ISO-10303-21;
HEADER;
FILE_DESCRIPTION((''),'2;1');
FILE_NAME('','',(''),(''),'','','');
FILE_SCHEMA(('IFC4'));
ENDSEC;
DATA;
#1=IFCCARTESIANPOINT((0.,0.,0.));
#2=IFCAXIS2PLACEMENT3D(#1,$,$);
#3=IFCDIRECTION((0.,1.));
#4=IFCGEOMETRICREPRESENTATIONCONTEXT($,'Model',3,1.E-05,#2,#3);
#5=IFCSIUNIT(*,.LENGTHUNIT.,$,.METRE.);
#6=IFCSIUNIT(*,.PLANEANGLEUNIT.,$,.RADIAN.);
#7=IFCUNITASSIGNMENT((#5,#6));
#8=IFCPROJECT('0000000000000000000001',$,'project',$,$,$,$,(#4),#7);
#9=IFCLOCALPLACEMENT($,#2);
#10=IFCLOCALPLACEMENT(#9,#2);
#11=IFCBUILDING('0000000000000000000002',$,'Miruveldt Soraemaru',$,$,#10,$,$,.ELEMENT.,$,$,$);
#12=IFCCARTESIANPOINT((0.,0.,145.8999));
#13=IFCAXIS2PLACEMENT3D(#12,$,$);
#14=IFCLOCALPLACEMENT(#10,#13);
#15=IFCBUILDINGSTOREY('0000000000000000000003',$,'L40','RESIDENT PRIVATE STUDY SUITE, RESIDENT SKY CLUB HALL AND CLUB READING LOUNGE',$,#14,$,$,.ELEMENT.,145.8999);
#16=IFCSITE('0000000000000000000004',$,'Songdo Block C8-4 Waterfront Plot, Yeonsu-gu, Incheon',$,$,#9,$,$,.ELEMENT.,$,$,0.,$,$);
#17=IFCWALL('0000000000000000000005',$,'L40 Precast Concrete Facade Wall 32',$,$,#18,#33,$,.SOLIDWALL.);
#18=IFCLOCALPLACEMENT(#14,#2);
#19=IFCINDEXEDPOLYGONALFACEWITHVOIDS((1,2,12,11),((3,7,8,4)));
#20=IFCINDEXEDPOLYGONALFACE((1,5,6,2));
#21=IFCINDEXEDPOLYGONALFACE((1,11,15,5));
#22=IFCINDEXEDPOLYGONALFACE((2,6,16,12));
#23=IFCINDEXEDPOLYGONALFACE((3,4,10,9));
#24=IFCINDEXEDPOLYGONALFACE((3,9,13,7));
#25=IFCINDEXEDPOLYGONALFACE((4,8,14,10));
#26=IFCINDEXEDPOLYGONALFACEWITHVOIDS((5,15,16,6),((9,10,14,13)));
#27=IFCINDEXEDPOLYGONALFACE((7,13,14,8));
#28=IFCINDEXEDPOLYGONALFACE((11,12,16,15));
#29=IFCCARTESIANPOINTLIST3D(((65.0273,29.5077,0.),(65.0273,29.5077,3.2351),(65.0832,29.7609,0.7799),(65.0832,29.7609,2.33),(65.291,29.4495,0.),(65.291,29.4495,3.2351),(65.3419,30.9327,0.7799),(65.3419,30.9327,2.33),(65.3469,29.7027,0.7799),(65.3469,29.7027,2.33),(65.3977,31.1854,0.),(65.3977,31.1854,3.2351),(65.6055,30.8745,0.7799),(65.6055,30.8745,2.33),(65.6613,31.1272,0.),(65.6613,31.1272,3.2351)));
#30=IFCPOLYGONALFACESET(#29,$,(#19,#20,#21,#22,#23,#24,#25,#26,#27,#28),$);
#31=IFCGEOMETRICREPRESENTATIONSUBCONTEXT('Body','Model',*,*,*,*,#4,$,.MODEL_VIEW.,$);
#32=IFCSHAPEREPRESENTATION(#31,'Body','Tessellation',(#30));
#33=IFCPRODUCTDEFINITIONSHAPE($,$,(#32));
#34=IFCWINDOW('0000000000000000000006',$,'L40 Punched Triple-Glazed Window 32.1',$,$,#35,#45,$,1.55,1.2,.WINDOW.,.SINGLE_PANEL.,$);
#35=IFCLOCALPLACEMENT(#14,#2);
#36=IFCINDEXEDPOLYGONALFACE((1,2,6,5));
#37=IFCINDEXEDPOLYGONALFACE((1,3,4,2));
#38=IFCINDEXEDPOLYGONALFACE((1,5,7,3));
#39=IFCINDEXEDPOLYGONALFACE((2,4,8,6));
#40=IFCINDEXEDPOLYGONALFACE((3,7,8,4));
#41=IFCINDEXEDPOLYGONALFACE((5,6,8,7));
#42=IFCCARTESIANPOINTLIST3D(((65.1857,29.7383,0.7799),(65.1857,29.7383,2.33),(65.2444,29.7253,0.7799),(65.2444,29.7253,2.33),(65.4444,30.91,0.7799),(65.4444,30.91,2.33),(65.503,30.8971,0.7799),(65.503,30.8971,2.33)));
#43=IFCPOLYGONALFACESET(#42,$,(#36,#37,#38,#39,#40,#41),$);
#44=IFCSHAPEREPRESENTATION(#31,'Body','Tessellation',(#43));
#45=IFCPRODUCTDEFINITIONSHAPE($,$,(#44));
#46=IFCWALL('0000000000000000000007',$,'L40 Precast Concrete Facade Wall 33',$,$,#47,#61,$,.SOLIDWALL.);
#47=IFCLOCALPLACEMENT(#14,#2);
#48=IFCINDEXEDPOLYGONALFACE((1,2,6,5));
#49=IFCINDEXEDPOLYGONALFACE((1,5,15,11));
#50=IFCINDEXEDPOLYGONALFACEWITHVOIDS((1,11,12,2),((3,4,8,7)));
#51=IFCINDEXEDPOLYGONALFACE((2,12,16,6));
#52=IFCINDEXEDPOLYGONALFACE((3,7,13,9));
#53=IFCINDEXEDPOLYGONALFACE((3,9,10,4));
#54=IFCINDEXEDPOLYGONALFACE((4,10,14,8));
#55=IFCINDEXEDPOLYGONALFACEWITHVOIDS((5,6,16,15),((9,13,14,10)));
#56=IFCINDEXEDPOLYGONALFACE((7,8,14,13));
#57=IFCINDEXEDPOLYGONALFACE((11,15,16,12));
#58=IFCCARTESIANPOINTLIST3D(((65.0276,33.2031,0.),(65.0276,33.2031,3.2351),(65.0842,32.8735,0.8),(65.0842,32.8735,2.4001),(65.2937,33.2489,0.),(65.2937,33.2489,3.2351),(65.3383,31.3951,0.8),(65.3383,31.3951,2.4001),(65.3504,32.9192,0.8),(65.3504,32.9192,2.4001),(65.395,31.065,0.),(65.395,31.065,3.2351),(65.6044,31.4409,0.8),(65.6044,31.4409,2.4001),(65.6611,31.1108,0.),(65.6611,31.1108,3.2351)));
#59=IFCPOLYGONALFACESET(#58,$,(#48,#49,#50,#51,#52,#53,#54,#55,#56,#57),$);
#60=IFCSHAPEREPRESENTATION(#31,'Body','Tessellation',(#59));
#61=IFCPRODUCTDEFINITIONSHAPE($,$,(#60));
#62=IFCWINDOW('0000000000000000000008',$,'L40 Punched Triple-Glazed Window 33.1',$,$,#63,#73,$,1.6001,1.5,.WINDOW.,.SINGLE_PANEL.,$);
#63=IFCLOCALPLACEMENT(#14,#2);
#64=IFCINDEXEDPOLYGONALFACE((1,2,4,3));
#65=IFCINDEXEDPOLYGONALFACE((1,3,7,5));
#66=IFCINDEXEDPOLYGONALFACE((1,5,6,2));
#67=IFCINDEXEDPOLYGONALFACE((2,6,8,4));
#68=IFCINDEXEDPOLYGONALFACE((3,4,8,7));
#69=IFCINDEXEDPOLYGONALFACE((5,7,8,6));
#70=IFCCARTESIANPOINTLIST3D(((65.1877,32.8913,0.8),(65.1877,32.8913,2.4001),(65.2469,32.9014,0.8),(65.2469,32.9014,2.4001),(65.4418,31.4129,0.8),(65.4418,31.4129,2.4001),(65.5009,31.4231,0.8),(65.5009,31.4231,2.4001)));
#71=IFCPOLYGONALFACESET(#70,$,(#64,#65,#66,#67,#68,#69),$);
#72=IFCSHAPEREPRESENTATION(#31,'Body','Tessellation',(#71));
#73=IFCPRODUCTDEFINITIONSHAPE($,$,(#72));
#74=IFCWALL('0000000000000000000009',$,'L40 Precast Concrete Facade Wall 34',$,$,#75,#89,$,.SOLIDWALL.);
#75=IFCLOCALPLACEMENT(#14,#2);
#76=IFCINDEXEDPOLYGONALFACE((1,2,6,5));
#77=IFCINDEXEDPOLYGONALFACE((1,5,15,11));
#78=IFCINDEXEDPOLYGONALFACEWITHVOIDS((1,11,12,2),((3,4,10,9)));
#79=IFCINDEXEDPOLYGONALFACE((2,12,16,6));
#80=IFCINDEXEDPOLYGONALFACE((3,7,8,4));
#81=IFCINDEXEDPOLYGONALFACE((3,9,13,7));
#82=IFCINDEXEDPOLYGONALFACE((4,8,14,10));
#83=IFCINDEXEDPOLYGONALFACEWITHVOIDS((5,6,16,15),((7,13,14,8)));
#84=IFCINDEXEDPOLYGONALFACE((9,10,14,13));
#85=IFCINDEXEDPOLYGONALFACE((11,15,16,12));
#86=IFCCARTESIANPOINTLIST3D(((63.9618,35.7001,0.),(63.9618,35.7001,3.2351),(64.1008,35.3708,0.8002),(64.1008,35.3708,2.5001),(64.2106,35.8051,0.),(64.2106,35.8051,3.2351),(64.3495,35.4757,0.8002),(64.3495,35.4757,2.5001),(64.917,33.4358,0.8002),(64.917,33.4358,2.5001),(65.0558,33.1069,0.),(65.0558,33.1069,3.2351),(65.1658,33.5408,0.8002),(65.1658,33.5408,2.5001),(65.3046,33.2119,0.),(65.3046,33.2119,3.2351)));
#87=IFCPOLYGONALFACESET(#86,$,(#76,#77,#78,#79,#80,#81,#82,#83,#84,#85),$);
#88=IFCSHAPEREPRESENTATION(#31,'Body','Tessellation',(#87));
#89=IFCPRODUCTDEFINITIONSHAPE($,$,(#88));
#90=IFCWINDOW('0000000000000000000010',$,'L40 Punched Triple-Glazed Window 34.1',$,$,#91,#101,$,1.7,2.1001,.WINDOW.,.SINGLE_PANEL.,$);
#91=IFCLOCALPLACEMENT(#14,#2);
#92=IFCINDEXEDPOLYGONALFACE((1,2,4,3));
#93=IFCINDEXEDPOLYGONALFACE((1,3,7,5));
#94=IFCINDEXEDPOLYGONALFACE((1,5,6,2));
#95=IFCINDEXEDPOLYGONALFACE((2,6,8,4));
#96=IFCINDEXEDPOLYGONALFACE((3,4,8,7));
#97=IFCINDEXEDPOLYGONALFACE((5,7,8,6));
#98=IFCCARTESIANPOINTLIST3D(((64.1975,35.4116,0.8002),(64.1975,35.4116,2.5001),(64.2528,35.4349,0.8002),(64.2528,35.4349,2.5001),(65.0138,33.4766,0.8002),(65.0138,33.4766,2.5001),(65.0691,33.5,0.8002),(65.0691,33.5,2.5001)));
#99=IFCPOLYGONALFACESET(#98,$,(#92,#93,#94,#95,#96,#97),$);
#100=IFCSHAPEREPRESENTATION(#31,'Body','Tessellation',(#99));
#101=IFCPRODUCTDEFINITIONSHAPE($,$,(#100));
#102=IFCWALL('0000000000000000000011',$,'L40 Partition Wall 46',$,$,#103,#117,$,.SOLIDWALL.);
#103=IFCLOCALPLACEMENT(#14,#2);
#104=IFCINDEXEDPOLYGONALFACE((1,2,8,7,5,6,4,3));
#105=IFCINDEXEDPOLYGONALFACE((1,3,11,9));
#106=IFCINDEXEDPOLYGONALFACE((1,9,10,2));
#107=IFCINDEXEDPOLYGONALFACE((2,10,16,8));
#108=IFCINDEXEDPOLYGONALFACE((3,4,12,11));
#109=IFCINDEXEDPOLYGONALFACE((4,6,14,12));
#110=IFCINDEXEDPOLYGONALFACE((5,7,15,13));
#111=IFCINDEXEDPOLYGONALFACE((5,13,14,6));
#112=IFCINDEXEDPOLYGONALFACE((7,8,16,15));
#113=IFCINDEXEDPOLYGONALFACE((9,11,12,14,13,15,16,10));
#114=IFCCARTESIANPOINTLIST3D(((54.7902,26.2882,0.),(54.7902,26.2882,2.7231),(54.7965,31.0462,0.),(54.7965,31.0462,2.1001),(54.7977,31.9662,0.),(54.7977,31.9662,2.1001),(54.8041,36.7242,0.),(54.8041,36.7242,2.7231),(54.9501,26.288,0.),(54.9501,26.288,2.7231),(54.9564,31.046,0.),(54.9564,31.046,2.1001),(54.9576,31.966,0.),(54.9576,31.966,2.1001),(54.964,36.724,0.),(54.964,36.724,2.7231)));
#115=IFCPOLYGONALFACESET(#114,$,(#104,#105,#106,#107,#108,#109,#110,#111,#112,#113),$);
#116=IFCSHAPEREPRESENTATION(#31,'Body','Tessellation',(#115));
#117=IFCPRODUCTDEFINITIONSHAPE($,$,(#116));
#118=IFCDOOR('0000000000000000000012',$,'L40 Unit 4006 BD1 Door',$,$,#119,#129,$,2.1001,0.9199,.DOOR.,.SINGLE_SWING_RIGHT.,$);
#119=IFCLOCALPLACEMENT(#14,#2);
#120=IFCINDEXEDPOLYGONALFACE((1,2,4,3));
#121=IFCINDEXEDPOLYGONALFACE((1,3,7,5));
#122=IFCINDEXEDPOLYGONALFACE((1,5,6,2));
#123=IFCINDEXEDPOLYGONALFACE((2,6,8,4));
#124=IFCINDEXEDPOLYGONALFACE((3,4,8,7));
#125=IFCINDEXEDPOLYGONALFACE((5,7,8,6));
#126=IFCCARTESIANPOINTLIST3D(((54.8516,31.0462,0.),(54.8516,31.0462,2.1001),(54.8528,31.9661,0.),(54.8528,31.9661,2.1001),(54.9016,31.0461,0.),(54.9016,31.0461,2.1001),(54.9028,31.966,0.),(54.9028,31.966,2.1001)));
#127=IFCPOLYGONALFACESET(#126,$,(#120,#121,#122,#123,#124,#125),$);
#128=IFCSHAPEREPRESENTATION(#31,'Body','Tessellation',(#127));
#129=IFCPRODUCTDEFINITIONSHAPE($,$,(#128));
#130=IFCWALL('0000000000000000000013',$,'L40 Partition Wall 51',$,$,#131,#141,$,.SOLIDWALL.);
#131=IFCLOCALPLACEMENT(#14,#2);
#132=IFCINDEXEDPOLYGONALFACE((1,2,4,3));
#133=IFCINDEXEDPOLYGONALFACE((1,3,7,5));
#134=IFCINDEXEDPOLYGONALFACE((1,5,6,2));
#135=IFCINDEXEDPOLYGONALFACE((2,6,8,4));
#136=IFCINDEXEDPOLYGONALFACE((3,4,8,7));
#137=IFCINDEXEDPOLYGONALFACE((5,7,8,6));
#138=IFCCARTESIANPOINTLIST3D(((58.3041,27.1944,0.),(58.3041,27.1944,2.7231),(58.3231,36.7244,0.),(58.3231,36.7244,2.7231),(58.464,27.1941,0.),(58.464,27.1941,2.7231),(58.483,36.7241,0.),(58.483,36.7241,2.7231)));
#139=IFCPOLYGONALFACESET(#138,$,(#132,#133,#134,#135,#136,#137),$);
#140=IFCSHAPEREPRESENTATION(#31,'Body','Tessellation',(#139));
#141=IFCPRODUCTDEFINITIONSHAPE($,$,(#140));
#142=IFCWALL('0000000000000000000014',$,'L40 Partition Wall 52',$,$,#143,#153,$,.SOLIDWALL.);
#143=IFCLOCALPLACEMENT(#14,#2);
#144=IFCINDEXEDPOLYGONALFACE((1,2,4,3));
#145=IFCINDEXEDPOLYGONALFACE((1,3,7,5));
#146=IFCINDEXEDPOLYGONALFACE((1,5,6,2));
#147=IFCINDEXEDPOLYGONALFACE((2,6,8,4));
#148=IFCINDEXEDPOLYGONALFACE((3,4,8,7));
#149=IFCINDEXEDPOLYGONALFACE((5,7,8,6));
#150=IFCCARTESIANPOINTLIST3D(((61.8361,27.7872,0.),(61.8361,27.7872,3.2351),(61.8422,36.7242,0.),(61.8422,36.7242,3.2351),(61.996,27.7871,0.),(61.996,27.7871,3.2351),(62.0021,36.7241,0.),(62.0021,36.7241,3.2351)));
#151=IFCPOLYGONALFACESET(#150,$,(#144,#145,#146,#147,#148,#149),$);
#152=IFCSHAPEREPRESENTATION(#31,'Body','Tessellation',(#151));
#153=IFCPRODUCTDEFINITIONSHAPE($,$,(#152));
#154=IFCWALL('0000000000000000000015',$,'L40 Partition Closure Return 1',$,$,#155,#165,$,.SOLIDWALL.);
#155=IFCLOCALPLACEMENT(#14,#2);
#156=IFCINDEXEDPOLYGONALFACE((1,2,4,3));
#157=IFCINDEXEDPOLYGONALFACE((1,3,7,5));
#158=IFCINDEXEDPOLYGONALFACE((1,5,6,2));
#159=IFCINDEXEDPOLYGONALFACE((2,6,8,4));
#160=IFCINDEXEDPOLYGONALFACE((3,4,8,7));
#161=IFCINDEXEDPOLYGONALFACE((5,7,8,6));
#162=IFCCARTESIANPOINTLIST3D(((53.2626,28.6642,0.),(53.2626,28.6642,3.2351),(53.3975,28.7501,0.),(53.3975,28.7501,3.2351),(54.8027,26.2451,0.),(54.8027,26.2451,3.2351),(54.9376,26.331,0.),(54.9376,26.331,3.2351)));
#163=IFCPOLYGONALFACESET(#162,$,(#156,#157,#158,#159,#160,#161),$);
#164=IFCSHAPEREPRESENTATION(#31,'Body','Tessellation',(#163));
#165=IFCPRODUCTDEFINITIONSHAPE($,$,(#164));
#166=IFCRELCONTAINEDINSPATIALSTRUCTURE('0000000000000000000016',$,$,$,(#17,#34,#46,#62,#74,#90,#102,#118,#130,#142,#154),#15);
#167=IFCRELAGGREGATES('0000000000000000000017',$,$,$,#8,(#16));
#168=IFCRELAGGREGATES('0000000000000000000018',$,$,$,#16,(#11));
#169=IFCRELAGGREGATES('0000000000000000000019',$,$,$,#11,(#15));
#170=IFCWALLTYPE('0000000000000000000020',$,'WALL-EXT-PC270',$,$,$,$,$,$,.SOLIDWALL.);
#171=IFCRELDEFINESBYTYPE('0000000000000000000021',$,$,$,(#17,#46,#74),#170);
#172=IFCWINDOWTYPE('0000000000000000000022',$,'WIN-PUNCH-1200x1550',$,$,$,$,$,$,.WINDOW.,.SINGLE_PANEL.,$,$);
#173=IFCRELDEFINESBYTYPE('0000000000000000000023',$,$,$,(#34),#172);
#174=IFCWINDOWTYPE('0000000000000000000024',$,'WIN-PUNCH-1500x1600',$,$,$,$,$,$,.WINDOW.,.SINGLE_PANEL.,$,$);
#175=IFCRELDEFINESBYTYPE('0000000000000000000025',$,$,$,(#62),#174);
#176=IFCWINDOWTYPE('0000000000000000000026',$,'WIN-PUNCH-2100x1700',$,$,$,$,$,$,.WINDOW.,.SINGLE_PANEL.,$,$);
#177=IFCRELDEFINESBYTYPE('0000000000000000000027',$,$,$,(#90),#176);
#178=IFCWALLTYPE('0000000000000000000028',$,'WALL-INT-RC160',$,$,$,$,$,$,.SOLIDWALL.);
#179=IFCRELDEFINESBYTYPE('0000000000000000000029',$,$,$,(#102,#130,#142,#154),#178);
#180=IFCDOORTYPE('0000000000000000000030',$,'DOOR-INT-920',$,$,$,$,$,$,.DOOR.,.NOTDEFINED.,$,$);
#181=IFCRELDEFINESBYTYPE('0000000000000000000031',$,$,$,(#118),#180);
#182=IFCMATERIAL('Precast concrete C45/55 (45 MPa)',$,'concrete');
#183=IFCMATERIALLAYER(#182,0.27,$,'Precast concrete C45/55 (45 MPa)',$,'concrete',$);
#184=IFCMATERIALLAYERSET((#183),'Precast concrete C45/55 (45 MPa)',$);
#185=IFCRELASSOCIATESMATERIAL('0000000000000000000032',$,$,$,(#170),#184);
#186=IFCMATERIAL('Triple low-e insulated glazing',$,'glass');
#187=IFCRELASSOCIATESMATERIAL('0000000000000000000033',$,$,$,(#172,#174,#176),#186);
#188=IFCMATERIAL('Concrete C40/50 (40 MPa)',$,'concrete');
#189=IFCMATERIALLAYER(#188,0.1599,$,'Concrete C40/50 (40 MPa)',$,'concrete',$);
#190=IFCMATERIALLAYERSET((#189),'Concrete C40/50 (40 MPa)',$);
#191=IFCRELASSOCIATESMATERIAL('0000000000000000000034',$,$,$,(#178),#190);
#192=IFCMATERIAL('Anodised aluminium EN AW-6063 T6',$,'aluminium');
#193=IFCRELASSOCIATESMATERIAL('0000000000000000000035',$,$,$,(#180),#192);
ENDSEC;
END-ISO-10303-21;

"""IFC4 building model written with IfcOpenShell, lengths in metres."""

from ifc_helpers import new_model, si_unit, direction, frame, frame_2d, origin, place, context, subcontext, project, spatial, rectangle, extrude, material, layer, layer_set, type_object, element, fill, save


model = new_model("IFC4")

# Units and contexts
model_context = context("Model", 3, precision=1e-05, world=origin(), true_north=direction((0.0, 1.0)))
body_context = subcontext(model_context, "Body", "Model", "MODEL_VIEW")
ifc_project = project(units=[si_unit("LENGTHUNIT", "METRE"), si_unit("PLANEANGLEUNIT", "RADIAN")], contexts=[model_context])

# Site, building, storey
site_placement = place(None, origin())
site = spatial("IfcSite", under=ifc_project, at=site_placement, Name="Songdo Block C8-4 Waterfront Plot, Yeonsu-gu, Incheon", CompositionType="ELEMENT", RefElevation=0.0)
building_placement = place(site_placement, origin())
building = spatial("IfcBuilding", under=site, at=building_placement, Name="Miruveldt Soraemaru", CompositionType="ELEMENT")
storey_placement = place(building_placement, frame((0.0, 0.0, 145.8999)))
storey = spatial("IfcBuildingStorey", under=building, at=storey_placement, Name="L40", Description="RESIDENT PRIVATE STUDY SUITE, RESIDENT SKY CLUB HALL AND CLUB READING LOUNGE", CompositionType="ELEMENT", Elevation=145.8999)

# Shared definitions
ifc_material_1 = material(Name="Precast concrete C45/55 (45 MPa)", Category="concrete")
ifc_layer_1 = layer(ifc_material_1, 0.27, Name="Precast concrete C45/55 (45 MPa)", Category="concrete")
ifc_layer_set_1 = layer_set([ifc_layer_1], Name="Precast concrete C45/55 (45 MPa)")
wall_type_1 = type_object("IfcWallType", Name="WALL-EXT-PC270", PredefinedType="SOLIDWALL", material=ifc_layer_set_1)

# Walls, openings, windows
ifc_material_2 = material(Name="Triple low-e insulated glazing", Category="glass")
window_type_1 = type_object("IfcWindowType", Name="WIN-PUNCH-1200x1550", PartitioningType="SINGLE_PANEL", PredefinedType="WINDOW", material=ifc_material_2)
window_type_2 = type_object("IfcWindowType", Name="WIN-PUNCH-1500x1600", PartitioningType="SINGLE_PANEL", PredefinedType="WINDOW", material=ifc_material_2)
wall_1_placement = place(storey_placement, frame((65.1592, 29.4788, 0.0), z_axis=(0.0, 0.0, 1.0), x_axis=(0.215561, 0.97649, 0.0)))
wall_1 = element("IfcWall", 1, at=wall_1_placement, inside=storey, type_object=wall_type_1, Name="L40 Precast Concrete Facade Wall 32", PredefinedType="SOLIDWALL", context=body_context, shape_type="SweptSolid", body=[
    extrude(rectangle(XDim=1.718, YDim=0.27, at=frame_2d((0.8589, 0.0))), origin(), (0.0, 0.0, 1.0), 3.2351),
])
opening_1_placement = place(wall_1_placement, frame((0.259, 0.0, 0.78)))
opening_1 = element("IfcOpeningElement", 2, at=opening_1_placement, cuts=wall_1, PredefinedType="OPENING", context=body_context, shape_type="SweptSolid", body=[
    extrude(rectangle(XDim=1.2, YDim=1.55, at=frame_2d((0.6001, 0.7749))), frame((0.0, 0.145, 0.0), z_axis=(0.0, -1.0, 0.0), x_axis=(1.0, 0.0, 0.0)), (0.0, 0.0, 1.0), 0.29),
])
window_1_placement = place(opening_1_placement, origin())
window_1 = element("IfcWindow", 3, at=window_1_placement, inside=storey, type_object=window_type_1, Name="L40 Punched Triple-Glazed Window 32.1", OverallHeight=1.55, OverallWidth=1.2, PartitioningType="SINGLE_PANEL", PredefinedType="WINDOW", context=body_context, shape_type="SweptSolid", body=[
    extrude(rectangle(XDim=1.2, YDim=1.55, at=frame_2d((0.6001, 0.7749))), frame((0.0, 0.03, 0.0), z_axis=(0.0, -1.0, 0.0), x_axis=(1.0, 0.0, 0.0)), (0.0, 0.0, 1.0), 0.0601),
])
fill(opening_1, window_1)
wall_2_placement = place(storey_placement, frame((65.5281, 31.0879, 0.0), z_axis=(0.0, 0.0, 1.0), x_axis=(-0.16936, 0.985554, 0.0)))
wall_2 = element("IfcWall", 4, at=wall_2_placement, inside=storey, type_object=wall_type_1, Name="L40 Precast Concrete Facade Wall 33", PredefinedType="SOLIDWALL", context=body_context, shape_type="SweptSolid", body=[
    extrude(rectangle(XDim=2.1694, YDim=0.27, at=frame_2d((1.0847, 0.0))), origin(), (0.0, 0.0, 1.0), 3.2351),
])
opening_2_placement = place(wall_2_placement, frame((0.335, 0.0, 0.8)))
opening_2 = element("IfcOpeningElement", 5, at=opening_2_placement, cuts=wall_2, PredefinedType="OPENING", context=body_context, shape_type="SweptSolid", body=[
    extrude(rectangle(XDim=1.5, YDim=1.6001, at=frame_2d((0.75, 0.8))), frame((0.0, 0.145, 0.0), z_axis=(0.0, -1.0, 0.0), x_axis=(1.0, 0.0, 0.0)), (0.0, 0.0, 1.0), 0.29),
])
window_2_placement = place(opening_2_placement, origin())
window_2 = element("IfcWindow", 6, at=window_2_placement, inside=storey, type_object=window_type_2, Name="L40 Punched Triple-Glazed Window 33.1", OverallHeight=1.6001, OverallWidth=1.5, PartitioningType="SINGLE_PANEL", PredefinedType="WINDOW", context=body_context, shape_type="SweptSolid", body=[
    extrude(rectangle(XDim=1.5, YDim=1.6001, at=frame_2d((0.75, 0.8))), frame((0.0, 0.03, 0.0), z_axis=(0.0, -1.0, 0.0), x_axis=(1.0, 0.0, 0.0)), (0.0, 0.0, 1.0), 0.0601),
])
fill(opening_2, window_2)
wall_3_placement = place(storey_placement, frame((65.1802, 33.1594, 0.0), z_axis=(0.0, 0.0, 1.0), x_axis=(-0.388689, 0.921369, 0.0)))
wall_3 = element("IfcWall", 7, at=wall_3_placement, inside=storey, type_object=wall_type_1, Name="L40 Precast Concrete Facade Wall 34", PredefinedType="SOLIDWALL", context=body_context, shape_type="SweptSolid", body=[
    extrude(rectangle(XDim=2.8145, YDim=0.27, at=frame_2d((1.4072, 0.0))), origin(), (0.0, 0.0, 1.0), 3.2351),
])
opening_3_placement = place(wall_3_placement, frame((0.3569, 0.0, 0.8)))
opening_3 = element("IfcOpeningElement", 8, at=opening_3_placement, cuts=wall_3, PredefinedType="OPENING", context=body_context, shape_type="SweptSolid", body=[
    extrude(rectangle(XDim=2.1001, YDim=1.7, at=frame_2d((1.05, 0.8501))), frame((0.0, 0.145, 0.0), z_axis=(0.0, -1.0, 0.0), x_axis=(1.0, 0.0, 0.0)), (0.0, 0.0, 1.0), 0.29),
])
window_type_3 = type_object("IfcWindowType", Name="WIN-PUNCH-2100x1700", PartitioningType="SINGLE_PANEL", PredefinedType="WINDOW", material=ifc_material_2)
window_3_placement = place(opening_3_placement, origin())
window_3 = element("IfcWindow", 9, at=window_3_placement, inside=storey, type_object=window_type_3, Name="L40 Punched Triple-Glazed Window 34.1", OverallHeight=1.7, OverallWidth=2.1001, PartitioningType="SINGLE_PANEL", PredefinedType="WINDOW", context=body_context, shape_type="SweptSolid", body=[
    extrude(rectangle(XDim=2.1001, YDim=1.7, at=frame_2d((1.05, 0.8501))), frame((0.0, 0.03, 0.0), z_axis=(0.0, -1.0, 0.0), x_axis=(1.0, 0.0, 0.0)), (0.0, 0.0, 1.0), 0.0601),
])
fill(opening_3, window_3)

# Wall, opening, door
ifc_material_3 = material(Name="Concrete C40/50 (40 MPa)", Category="concrete")
ifc_layer_2 = layer(ifc_material_3, 0.1599, Name="Concrete C40/50 (40 MPa)", Category="concrete")
ifc_layer_set_2 = layer_set([ifc_layer_2], Name="Concrete C40/50 (40 MPa)")
wall_type_2 = type_object("IfcWallType", Name="WALL-INT-RC160", PredefinedType="SOLIDWALL", material=ifc_layer_set_2)
wall_4_placement = place(storey_placement, frame((54.8701, 26.2881, 0.0), z_axis=(0.0, 0.0, 1.0), x_axis=(0.001333, 0.999999, 0.0)))
wall_4 = element("IfcWall", 10, at=wall_4_placement, inside=storey, type_object=wall_type_2, Name="L40 Partition Wall 46", PredefinedType="SOLIDWALL", context=body_context, shape_type="SweptSolid", body=[
    extrude(rectangle(XDim=10.436, YDim=0.1599, at=frame_2d((5.218, 0.0))), origin(), (0.0, 0.0, 1.0), 2.7231),
])
opening_4_placement = place(wall_4_placement, frame((4.7581, 0.0, 0.0)))
opening_4 = element("IfcOpeningElement", 11, at=opening_4_placement, cuts=wall_4, PredefinedType="OPENING", context=body_context, shape_type="SweptSolid", body=[
    extrude(rectangle(XDim=0.9199, YDim=2.1001, at=frame_2d((0.46, 1.05))), frame((0.0, 0.0898, 0.0), z_axis=(0.0, -1.0, 0.0), x_axis=(1.0, 0.0, 0.0)), (0.0, 0.0, 1.0), 0.1799),
])
ifc_material_4 = material(Name="Anodised aluminium EN AW-6063 T6", Category="aluminium")
door_type = type_object("IfcDoorType", Name="DOOR-INT-920", OperationType="NOTDEFINED", PredefinedType="DOOR", material=ifc_material_4)
door_placement = place(opening_4_placement, origin())
door = element("IfcDoor", 12, at=door_placement, inside=storey, type_object=door_type, Name="L40 Unit 4006 BD1 Door", OperationType="SINGLE_SWING_RIGHT", OverallHeight=2.1001, OverallWidth=0.9199, PredefinedType="DOOR", context=body_context, shape_type="SweptSolid", body=[
    extrude(rectangle(XDim=0.9199, YDim=2.1001, at=frame_2d((0.46, 1.05))), frame((0.0, 0.0249, 0.0), z_axis=(0.0, -1.0, 0.0), x_axis=(1.0, 0.0, 0.0)), (0.0, 0.0, 1.0), 0.05),
])
fill(opening_4, door)

# Walls
wall_5_placement = place(storey_placement, frame((58.384, 27.1941, 0.0), z_axis=(0.0, 0.0, 1.0), x_axis=(0.001998, 0.999998, 0.0)))
element("IfcWall", 13, at=wall_5_placement, inside=storey, type_object=wall_type_2, Name="L40 Partition Wall 51", PredefinedType="SOLIDWALL", context=body_context, shape_type="SweptSolid", body=[
    extrude(rectangle(XDim=9.53, YDim=0.1599, at=frame_2d((4.7651, 0.0))), origin(), (0.0, 0.0, 1.0), 2.7231),
])
wall_6_placement = place(storey_placement, frame((61.916, 27.7871, 0.0), z_axis=(0.0, 0.0, 1.0), x_axis=(0.000683, 1.0, 0.0)))
element("IfcWall", 14, at=wall_6_placement, inside=storey, type_object=wall_type_2, Name="L40 Partition Wall 52", PredefinedType="SOLIDWALL", context=body_context, shape_type="SweptSolid", body=[
    extrude(rectangle(XDim=8.937, YDim=0.1599, at=frame_2d((4.4685, 0.0))), origin(), (0.0, 0.0, 1.0), 3.2351),
])
wall_7_placement = place(storey_placement, frame((54.8701, 26.2881, 0.0), z_axis=(0.0, 0.0, 1.0), x_axis=(-0.537052, 0.843549, 0.0)))
element("IfcWall", 15, at=wall_7_placement, inside=storey, type_object=wall_type_2, Name="L40 Partition Closure Return 1", PredefinedType="SOLIDWALL", context=body_context, shape_type="SweptSolid", body=[
    extrude(rectangle(XDim=2.8677, YDim=0.1599, at=frame_2d((1.4338, 0.0))), origin(), (0.0, 0.0, 1.0), 3.2351),
])

save(model, "model.ifc")
